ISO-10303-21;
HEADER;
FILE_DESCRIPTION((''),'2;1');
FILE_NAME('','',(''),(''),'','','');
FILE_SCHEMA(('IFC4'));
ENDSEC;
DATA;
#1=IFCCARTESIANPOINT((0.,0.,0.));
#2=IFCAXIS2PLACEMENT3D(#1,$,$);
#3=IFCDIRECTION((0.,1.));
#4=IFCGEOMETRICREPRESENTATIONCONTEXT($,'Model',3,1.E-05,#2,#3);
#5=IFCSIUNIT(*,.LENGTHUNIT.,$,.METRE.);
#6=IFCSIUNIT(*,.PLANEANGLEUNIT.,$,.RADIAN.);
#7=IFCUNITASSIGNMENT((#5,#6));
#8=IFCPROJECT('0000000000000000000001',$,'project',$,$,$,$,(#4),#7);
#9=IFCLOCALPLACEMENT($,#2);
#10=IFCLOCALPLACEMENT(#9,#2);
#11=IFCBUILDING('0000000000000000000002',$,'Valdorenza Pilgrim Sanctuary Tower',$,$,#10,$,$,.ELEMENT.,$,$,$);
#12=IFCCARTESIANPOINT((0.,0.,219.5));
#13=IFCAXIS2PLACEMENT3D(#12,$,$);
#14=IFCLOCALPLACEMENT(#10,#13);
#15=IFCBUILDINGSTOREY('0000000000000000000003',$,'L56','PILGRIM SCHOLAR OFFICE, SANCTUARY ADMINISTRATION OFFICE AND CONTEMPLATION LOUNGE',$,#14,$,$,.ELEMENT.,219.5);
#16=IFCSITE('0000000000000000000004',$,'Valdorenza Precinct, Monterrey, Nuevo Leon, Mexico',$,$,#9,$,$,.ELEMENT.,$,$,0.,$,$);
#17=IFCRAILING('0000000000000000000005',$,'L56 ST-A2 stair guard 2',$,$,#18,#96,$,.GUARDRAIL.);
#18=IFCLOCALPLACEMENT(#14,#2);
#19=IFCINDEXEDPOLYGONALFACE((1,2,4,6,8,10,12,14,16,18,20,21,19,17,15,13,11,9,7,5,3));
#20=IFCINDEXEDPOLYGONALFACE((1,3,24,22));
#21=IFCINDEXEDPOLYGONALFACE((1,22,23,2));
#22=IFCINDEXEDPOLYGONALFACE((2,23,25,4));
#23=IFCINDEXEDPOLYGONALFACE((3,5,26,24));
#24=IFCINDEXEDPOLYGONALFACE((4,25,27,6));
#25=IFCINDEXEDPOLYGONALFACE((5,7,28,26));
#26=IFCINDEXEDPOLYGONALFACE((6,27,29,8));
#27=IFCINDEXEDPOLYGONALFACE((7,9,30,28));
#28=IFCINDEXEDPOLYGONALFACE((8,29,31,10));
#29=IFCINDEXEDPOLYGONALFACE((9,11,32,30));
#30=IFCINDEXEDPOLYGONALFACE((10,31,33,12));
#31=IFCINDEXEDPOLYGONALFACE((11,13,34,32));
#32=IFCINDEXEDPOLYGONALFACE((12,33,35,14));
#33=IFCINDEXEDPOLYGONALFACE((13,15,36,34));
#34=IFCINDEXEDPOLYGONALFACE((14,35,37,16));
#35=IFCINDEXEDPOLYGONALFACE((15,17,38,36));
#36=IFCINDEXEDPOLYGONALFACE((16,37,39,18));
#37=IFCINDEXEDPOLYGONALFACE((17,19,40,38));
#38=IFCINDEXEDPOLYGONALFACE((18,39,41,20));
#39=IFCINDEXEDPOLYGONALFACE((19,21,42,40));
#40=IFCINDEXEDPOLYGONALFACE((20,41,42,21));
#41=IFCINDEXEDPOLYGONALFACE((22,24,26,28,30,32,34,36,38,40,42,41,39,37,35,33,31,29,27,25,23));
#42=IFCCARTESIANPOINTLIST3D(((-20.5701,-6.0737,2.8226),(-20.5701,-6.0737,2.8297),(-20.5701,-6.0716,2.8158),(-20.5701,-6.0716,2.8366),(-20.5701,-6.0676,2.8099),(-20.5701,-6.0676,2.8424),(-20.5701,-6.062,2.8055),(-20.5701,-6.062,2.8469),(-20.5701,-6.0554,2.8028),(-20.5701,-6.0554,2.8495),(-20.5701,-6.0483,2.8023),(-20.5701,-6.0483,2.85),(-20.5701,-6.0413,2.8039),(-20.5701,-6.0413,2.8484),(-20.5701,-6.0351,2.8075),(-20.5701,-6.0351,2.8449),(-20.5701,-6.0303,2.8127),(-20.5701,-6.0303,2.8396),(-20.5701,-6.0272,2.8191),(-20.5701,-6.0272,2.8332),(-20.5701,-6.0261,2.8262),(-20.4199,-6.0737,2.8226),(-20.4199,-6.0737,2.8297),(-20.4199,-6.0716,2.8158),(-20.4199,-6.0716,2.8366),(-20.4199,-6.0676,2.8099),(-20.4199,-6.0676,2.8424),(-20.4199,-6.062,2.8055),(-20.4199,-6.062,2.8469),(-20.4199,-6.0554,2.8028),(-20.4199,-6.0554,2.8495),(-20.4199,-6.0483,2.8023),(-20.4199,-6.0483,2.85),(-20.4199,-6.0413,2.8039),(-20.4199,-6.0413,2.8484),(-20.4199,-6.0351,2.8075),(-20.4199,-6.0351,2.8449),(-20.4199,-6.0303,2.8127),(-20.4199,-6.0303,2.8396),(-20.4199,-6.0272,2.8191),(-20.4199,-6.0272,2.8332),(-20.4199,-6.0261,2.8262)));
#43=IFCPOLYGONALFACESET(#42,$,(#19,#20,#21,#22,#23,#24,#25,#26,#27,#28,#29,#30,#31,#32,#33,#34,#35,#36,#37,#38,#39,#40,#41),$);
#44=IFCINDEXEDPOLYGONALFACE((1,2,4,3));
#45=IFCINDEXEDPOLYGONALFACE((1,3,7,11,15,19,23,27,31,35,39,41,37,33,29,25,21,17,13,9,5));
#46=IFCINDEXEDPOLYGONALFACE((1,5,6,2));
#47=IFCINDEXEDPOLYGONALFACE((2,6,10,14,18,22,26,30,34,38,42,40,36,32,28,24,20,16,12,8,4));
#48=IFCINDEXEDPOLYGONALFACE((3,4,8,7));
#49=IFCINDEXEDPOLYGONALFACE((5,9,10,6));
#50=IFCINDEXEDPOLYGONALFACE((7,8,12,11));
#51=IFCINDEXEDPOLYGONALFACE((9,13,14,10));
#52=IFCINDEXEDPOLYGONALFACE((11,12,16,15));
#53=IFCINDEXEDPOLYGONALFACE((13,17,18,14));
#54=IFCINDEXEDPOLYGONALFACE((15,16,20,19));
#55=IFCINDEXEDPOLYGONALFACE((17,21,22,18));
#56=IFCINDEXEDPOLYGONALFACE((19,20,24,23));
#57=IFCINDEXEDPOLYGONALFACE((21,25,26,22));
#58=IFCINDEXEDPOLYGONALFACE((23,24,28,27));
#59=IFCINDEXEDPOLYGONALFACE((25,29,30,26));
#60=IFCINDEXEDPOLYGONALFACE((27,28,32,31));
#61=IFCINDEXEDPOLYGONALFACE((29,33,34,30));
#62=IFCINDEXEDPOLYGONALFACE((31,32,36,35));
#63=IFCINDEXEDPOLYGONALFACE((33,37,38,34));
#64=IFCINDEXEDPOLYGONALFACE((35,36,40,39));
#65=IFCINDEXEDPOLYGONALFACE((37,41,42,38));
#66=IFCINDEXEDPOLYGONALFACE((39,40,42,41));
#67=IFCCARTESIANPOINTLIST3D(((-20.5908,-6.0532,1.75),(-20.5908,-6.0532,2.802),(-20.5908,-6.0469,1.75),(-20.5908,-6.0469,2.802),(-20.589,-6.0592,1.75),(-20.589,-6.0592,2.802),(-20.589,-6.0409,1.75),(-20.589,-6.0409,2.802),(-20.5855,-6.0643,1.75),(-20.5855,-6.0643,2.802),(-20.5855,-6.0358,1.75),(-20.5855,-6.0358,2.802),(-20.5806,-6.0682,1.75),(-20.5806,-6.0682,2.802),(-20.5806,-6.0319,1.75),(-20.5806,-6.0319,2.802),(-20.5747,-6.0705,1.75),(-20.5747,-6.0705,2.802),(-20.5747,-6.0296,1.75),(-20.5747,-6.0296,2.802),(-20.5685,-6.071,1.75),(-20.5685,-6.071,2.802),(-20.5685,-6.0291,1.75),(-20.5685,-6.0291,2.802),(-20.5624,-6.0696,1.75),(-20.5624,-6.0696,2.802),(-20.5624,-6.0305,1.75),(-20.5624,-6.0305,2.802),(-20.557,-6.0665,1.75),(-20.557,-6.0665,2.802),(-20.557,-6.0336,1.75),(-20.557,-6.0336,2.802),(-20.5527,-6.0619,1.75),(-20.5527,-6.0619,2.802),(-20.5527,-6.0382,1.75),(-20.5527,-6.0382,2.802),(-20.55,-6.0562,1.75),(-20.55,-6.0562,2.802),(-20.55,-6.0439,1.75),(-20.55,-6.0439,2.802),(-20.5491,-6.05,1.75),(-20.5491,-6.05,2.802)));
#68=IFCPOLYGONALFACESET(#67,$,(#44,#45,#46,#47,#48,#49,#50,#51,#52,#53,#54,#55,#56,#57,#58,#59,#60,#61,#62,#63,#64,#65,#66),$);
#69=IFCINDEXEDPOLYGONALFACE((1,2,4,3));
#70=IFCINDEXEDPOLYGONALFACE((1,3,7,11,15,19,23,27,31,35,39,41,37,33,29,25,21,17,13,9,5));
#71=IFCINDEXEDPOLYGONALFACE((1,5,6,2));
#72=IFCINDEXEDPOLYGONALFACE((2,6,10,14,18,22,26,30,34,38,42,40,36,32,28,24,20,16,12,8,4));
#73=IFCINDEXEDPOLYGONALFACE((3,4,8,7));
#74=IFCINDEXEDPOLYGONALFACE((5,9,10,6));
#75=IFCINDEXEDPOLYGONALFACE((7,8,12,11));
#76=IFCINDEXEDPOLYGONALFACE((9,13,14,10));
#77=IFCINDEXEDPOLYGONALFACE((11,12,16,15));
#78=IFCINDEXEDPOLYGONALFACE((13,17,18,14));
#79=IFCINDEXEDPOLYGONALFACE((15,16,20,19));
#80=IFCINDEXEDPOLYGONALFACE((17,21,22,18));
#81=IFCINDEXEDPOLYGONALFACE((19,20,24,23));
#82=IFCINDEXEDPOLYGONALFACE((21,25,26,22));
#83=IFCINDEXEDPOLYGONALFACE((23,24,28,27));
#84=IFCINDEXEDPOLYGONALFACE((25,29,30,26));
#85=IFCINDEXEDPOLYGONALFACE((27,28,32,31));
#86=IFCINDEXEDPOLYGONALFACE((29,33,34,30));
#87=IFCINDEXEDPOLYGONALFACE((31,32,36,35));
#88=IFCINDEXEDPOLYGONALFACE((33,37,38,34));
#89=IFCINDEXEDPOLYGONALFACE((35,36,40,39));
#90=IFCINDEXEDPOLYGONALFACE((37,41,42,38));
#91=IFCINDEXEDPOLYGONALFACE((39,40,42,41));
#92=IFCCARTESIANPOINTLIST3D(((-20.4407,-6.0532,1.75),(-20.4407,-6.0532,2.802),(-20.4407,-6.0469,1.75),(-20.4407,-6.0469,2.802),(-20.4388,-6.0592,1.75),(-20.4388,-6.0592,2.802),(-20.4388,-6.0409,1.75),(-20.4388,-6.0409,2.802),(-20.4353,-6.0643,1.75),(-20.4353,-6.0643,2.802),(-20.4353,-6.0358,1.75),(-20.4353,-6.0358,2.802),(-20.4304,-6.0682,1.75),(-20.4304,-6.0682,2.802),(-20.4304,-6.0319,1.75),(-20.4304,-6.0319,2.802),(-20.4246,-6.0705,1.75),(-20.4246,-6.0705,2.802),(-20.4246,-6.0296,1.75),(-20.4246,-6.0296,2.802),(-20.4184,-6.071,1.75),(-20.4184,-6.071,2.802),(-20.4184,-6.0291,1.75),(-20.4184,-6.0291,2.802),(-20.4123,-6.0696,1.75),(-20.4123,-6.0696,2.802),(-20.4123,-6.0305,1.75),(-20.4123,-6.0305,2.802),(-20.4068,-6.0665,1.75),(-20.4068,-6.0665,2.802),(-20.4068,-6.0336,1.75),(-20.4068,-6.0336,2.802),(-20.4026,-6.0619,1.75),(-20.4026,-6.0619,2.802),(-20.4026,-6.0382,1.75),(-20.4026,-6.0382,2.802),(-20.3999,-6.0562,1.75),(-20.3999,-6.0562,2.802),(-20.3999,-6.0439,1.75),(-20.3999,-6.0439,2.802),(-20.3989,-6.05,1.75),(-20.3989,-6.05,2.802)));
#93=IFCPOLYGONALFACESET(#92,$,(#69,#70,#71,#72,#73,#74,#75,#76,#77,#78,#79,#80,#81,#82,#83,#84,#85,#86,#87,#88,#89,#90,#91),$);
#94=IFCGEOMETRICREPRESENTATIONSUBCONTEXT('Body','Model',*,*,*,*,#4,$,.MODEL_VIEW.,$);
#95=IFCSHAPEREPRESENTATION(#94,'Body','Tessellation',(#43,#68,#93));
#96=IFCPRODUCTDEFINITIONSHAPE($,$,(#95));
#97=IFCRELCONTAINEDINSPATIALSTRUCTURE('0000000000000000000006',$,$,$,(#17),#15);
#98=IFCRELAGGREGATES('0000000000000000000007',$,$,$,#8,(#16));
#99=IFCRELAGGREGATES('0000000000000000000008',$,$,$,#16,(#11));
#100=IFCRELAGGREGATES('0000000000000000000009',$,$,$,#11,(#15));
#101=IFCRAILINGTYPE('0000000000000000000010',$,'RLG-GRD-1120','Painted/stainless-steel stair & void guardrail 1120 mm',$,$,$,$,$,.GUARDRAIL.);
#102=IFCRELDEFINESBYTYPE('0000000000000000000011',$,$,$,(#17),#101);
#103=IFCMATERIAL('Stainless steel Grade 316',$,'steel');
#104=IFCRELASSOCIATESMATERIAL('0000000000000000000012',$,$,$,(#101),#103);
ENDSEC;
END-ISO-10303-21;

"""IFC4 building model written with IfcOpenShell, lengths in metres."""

from ifc_helpers import new_model, si_unit, direction, frame, origin, origin_2d, place, context, subcontext, project, spatial, circle, extrude, material, type_object, element, save


model = new_model("IFC4")

# Units and contexts
model_context = context("Model", 3, precision=1e-05, world=origin(), true_north=direction((0.0, 1.0)))
body_context = subcontext(model_context, "Body", "Model", "MODEL_VIEW")
ifc_project = project(units=[si_unit("LENGTHUNIT", "METRE"), si_unit("PLANEANGLEUNIT", "RADIAN")], contexts=[model_context])

# Site, building, storey
site_placement = place(None, origin())
site = spatial("IfcSite", under=ifc_project, at=site_placement, Name="Valdorenza Precinct, Monterrey, Nuevo Leon, Mexico", CompositionType="ELEMENT", RefElevation=0.0)
building_placement = place(site_placement, origin())
building = spatial("IfcBuilding", under=site, at=building_placement, Name="Valdorenza Pilgrim Sanctuary Tower", CompositionType="ELEMENT")
storey_placement = place(building_placement, frame((0.0, 0.0, 219.5)))
storey = spatial("IfcBuildingStorey", under=building, at=storey_placement, Name="L56", Description="PILGRIM SCHOLAR OFFICE, SANCTUARY ADMINISTRATION OFFICE AND CONTEMPLATION LOUNGE", CompositionType="ELEMENT", Elevation=219.5)

# Railing
ifc_material_1 = material(Name="Stainless steel Grade 316", Category="steel")
railing_type_1 = type_object("IfcRailingType", Name="RLG-GRD-1120", Description="Painted/stainless-steel stair & void guardrail 1120 mm", PredefinedType="GUARDRAIL", material=ifc_material_1)
railing_1_placement = place(storey_placement, frame((-20.5701, -6.05, 1.75)))
element("IfcRailing", 1, at=railing_1_placement, inside=storey, type_object=railing_type_1, Name="L56 ST-A2 stair guard 2", PredefinedType="GUARDRAIL", context=body_context, shape_type="SweptSolid", body=[
    extrude(circle(Radius=0.0239, at=origin_2d()), frame((0.0, 0.0, 1.0762), z_axis=(1.0, 0.0, 0.0), x_axis=(0.0, 1.0, 0.0)), (0.0, 0.0, 1.0), 0.1501),
    extrude(circle(Radius=0.021, at=origin_2d()), origin(), (0.0, 0.0, 1.0), 1.052),
    extrude(circle(Radius=0.021, at=origin_2d()), frame((0.1501, 0.0, 0.0)), (0.0, 0.0, 1.0), 1.052),
])

save(model, "model.ifc")
